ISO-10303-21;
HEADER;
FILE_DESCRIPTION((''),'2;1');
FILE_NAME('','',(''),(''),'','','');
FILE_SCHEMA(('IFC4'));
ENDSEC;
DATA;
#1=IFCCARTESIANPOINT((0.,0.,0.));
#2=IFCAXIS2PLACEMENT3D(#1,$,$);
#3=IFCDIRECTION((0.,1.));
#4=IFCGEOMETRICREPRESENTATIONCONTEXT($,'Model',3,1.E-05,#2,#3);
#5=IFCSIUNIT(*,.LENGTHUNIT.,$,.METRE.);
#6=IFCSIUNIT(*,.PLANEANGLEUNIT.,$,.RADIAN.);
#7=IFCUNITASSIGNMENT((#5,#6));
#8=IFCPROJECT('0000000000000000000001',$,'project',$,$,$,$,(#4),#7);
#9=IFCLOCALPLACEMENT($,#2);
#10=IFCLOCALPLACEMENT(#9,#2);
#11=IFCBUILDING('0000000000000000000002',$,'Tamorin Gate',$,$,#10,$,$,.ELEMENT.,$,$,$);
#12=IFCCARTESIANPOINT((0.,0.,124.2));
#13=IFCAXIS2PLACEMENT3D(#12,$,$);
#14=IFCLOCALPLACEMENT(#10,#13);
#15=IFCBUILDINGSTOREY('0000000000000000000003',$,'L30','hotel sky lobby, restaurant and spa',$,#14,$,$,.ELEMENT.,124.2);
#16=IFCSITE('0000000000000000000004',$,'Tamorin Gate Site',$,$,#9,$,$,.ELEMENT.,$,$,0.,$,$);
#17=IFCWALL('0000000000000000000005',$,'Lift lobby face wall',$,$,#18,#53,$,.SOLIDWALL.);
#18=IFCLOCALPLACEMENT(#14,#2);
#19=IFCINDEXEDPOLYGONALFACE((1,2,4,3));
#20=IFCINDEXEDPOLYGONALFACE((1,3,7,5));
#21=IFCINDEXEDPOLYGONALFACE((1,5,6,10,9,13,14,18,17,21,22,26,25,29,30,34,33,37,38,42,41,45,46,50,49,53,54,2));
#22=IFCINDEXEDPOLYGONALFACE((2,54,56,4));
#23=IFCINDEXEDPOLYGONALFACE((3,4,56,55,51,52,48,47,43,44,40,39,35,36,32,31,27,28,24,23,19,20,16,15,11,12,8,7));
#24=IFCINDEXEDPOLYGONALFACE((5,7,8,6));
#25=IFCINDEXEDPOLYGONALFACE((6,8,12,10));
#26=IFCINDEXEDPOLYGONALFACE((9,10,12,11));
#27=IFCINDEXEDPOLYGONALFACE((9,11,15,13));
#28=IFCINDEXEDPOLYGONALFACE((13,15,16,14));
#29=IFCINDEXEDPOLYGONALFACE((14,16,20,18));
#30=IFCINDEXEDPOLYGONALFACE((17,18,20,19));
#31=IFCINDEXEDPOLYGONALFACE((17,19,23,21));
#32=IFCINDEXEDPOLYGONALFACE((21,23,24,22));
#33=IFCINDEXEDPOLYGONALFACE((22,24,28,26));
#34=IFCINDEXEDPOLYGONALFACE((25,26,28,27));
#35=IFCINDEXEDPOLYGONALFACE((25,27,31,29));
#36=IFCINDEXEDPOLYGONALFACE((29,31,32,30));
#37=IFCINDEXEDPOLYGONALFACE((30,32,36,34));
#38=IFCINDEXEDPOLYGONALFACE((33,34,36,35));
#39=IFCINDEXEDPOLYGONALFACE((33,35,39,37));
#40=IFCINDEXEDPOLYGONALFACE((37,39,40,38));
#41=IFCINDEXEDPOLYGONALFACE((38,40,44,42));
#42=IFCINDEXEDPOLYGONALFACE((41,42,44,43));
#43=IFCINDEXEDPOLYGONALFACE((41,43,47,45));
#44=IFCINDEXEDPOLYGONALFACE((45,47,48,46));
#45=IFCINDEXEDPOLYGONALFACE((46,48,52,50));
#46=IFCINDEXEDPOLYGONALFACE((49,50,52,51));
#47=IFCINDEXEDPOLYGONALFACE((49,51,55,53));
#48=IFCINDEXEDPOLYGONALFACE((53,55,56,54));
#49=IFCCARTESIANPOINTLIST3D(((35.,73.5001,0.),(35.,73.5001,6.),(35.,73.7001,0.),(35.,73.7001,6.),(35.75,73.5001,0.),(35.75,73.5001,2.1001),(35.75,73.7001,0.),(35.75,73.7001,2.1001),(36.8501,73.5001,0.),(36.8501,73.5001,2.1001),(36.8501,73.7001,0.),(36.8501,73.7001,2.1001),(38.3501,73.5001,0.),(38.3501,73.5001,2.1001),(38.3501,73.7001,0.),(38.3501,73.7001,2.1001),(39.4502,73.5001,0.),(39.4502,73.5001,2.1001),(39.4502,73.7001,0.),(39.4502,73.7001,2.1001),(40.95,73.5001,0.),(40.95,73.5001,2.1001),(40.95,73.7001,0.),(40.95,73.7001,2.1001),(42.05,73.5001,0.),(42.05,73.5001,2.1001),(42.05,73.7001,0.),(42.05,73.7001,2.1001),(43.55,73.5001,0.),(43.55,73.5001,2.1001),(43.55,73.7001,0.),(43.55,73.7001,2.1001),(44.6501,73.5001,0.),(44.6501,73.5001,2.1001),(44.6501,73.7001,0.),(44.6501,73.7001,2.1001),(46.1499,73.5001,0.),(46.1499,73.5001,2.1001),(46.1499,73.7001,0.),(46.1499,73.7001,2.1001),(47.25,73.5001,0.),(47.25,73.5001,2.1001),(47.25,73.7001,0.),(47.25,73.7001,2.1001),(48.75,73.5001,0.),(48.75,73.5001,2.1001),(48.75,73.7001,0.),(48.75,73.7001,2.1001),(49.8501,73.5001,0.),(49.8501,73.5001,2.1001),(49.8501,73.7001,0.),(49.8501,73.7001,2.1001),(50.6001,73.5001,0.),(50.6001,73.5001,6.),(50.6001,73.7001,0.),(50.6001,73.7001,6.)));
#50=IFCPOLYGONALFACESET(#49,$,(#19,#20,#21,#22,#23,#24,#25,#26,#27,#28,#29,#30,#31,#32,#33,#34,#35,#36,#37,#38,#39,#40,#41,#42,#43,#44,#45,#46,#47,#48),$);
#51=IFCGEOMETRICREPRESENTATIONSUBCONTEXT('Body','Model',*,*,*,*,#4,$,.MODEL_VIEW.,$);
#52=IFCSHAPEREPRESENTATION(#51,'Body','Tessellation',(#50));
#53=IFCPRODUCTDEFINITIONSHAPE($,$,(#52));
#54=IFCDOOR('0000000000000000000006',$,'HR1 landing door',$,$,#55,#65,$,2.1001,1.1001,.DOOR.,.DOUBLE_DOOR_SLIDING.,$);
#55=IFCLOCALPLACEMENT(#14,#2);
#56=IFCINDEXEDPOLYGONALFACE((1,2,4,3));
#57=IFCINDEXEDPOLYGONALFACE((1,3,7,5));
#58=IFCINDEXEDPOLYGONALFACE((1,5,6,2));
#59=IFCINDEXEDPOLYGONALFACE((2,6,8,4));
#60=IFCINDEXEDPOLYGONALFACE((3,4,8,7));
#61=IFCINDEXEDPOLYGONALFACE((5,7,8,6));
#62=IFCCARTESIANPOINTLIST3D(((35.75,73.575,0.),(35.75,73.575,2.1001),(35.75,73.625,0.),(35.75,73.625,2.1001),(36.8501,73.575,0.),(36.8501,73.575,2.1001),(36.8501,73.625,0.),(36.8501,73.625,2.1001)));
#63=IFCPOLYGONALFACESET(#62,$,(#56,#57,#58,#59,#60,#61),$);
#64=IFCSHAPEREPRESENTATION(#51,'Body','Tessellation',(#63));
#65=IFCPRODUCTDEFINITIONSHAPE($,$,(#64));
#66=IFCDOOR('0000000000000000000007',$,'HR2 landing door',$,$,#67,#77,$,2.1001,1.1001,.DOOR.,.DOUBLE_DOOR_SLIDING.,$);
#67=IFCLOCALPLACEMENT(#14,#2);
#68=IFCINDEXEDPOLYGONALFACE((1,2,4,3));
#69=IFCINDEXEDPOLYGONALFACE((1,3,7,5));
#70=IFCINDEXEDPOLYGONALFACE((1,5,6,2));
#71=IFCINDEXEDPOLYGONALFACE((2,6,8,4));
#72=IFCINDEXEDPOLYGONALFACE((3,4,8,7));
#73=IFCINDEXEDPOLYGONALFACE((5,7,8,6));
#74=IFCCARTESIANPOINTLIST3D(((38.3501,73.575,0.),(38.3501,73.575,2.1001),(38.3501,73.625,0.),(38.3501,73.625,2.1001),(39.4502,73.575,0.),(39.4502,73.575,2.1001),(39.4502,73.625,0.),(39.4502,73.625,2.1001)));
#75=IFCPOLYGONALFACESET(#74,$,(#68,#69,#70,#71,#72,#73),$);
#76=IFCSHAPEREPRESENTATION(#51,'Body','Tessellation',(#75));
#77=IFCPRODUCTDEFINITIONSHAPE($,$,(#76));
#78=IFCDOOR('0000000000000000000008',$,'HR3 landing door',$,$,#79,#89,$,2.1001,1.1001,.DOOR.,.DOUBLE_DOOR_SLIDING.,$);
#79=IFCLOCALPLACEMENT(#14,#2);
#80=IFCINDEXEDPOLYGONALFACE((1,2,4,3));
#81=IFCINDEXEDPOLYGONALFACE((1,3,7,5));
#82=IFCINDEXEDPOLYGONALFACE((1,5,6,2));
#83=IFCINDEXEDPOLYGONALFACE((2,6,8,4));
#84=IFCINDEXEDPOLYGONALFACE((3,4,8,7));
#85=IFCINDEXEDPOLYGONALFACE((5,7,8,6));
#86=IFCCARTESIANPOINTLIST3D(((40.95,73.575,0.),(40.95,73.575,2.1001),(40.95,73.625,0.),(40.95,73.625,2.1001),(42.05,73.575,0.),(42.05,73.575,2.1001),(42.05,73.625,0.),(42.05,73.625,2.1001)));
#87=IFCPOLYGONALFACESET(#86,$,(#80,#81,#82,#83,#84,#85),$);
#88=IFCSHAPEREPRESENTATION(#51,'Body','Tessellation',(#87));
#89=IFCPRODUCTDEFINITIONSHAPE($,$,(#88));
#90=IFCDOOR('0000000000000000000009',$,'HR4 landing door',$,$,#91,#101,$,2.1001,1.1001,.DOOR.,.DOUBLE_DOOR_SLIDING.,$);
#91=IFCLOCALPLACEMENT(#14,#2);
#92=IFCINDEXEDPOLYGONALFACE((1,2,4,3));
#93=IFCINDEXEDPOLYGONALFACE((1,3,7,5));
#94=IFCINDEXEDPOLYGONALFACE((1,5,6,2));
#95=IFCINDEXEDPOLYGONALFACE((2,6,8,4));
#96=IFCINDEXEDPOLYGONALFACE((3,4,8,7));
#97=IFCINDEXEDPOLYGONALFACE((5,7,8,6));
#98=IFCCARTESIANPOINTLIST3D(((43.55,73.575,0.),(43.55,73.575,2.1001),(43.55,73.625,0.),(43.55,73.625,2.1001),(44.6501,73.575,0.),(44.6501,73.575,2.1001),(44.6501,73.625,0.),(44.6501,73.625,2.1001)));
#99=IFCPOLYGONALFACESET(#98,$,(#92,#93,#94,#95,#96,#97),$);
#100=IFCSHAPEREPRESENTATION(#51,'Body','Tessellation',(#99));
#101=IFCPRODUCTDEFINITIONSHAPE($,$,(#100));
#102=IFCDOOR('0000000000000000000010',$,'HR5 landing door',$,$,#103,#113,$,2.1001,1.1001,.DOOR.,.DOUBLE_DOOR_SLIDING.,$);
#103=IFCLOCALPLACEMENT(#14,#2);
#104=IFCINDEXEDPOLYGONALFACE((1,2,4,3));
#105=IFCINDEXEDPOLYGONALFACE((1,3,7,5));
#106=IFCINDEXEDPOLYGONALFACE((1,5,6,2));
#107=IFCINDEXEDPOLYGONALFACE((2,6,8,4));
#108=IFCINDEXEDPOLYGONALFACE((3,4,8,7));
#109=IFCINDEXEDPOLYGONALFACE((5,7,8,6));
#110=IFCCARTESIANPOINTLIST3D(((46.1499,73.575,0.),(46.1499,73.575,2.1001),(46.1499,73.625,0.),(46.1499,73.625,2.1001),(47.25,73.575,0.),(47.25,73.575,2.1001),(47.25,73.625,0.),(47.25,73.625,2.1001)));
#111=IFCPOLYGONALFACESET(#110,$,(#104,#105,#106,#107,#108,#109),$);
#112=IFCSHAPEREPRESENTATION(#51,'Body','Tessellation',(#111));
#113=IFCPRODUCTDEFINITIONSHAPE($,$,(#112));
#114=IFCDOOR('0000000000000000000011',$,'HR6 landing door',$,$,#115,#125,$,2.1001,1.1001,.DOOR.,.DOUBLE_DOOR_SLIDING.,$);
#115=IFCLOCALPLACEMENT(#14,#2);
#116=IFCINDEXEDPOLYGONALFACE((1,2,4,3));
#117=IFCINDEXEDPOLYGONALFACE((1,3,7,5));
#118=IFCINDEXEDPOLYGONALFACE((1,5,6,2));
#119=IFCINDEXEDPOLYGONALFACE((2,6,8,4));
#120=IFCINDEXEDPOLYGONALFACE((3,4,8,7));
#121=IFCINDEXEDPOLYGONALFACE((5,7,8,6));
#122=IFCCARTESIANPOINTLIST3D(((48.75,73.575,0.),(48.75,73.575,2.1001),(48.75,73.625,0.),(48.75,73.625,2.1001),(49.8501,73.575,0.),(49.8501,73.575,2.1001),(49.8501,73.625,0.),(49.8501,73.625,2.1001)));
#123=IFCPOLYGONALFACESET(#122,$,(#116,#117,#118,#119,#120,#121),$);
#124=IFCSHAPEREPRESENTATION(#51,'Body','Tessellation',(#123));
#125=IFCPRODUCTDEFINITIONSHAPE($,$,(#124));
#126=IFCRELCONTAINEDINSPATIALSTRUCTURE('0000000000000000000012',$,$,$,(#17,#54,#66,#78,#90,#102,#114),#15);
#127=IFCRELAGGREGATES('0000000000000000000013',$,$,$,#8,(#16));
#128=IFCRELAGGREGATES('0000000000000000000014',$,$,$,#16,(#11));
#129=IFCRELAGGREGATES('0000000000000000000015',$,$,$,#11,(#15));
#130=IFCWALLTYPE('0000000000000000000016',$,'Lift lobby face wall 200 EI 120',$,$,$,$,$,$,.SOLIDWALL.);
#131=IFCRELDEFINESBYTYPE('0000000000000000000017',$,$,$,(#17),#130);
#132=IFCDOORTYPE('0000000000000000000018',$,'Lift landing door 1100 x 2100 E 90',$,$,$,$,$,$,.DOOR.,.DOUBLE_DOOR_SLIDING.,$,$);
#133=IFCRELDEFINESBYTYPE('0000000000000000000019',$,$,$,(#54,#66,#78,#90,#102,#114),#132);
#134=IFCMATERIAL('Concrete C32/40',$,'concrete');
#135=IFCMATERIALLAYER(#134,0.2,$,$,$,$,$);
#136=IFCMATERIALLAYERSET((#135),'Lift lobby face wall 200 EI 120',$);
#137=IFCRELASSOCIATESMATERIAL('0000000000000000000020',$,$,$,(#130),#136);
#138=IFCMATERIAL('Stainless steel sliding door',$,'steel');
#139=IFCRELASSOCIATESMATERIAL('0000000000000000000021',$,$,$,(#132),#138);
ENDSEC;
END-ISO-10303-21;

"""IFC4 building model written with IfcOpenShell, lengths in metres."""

from ifc_helpers import new_model, si_unit, direction, frame, frame_2d, origin, place, context, subcontext, project, spatial, rectangle, extrude, material, layer, layer_set, type_object, element, fill, save


model = new_model("IFC4")

# Units and contexts
model_context = context("Model", 3, precision=1e-05, world=origin(), true_north=direction((0.0, 1.0)))
body_context = subcontext(model_context, "Body", "Model", "MODEL_VIEW")
ifc_project = project(units=[si_unit("LENGTHUNIT", "METRE"), si_unit("PLANEANGLEUNIT", "RADIAN")], contexts=[model_context])

# Site, building, storey
site_placement = place(None, origin())
site = spatial("IfcSite", under=ifc_project, at=site_placement, Name="Tamorin Gate Site", CompositionType="ELEMENT", RefElevation=0.0)
building_placement = place(site_placement, origin())
building = spatial("IfcBuilding", under=site, at=building_placement, Name="Tamorin Gate", CompositionType="ELEMENT")
storey_placement = place(building_placement, frame((0.0, 0.0, 124.2)))
storey = spatial("IfcBuildingStorey", under=building, at=storey_placement, Name="L30", Description="hotel sky lobby, restaurant and spa", CompositionType="ELEMENT", Elevation=124.2)

# Wall, openings, doors
ifc_material_1 = material(Name="Concrete C32/40", Category="concrete")
ifc_layer_1 = layer(ifc_material_1, 0.2)
ifc_layer_set_1 = layer_set([ifc_layer_1], Name="Lift lobby face wall 200 EI 120")
wall_type_1 = type_object("IfcWallType", Name="Lift lobby face wall 200 EI 120", PredefinedType="SOLIDWALL", material=ifc_layer_set_1)
wall_1_placement = place(storey_placement, frame((35.0, 73.6001, 0.0), z_axis=(0.0, 0.0, 1.0), x_axis=(1.0, 0.0, 0.0)))
wall_1 = element("IfcWall", 1, at=wall_1_placement, inside=storey, type_object=wall_type_1, Name="Lift lobby face wall", PredefinedType="SOLIDWALL", context=body_context, shape_type="SweptSolid", body=[
    extrude(rectangle(XDim=15.6001, YDim=0.2, at=frame_2d((7.8, 0.0))), origin(), (0.0, 0.0, 1.0), 6.0),
])
opening_1_placement = place(wall_1_placement, frame((0.75, 0.0, 0.0)))
opening_1 = element("IfcOpeningElement", 2, at=opening_1_placement, cuts=wall_1, PredefinedType="OPENING", context=body_context, shape_type="SweptSolid", body=[
    extrude(rectangle(XDim=1.1001, YDim=2.1001, at=frame_2d((0.55, 1.05))), frame((0.0, 0.1099, 0.0), z_axis=(0.0, -1.0, 0.0), x_axis=(1.0, 0.0, 0.0)), (0.0, 0.0, 1.0), 0.22),
])
opening_2_placement = place(wall_1_placement, frame((3.3501, 0.0, 0.0)))
opening_2 = element("IfcOpeningElement", 3, at=opening_2_placement, cuts=wall_1, PredefinedType="OPENING", context=body_context, shape_type="SweptSolid", body=[
    extrude(rectangle(XDim=1.1001, YDim=2.1001, at=frame_2d((0.55, 1.05))), frame((0.0, 0.1099, 0.0), z_axis=(0.0, -1.0, 0.0), x_axis=(1.0, 0.0, 0.0)), (0.0, 0.0, 1.0), 0.22),
])
opening_3_placement = place(wall_1_placement, frame((5.95, 0.0, 0.0)))
opening_3 = element("IfcOpeningElement", 4, at=opening_3_placement, cuts=wall_1, PredefinedType="OPENING", context=body_context, shape_type="SweptSolid", body=[
    extrude(rectangle(XDim=1.1001, YDim=2.1001, at=frame_2d((0.55, 1.05))), frame((0.0, 0.1099, 0.0), z_axis=(0.0, -1.0, 0.0), x_axis=(1.0, 0.0, 0.0)), (0.0, 0.0, 1.0), 0.22),
])
opening_4_placement = place(wall_1_placement, frame((8.55, 0.0, 0.0)))
opening_4 = element("IfcOpeningElement", 5, at=opening_4_placement, cuts=wall_1, PredefinedType="OPENING", context=body_context, shape_type="SweptSolid", body=[
    extrude(rectangle(XDim=1.1001, YDim=2.1001, at=frame_2d((0.55, 1.05))), frame((0.0, 0.1099, 0.0), z_axis=(0.0, -1.0, 0.0), x_axis=(1.0, 0.0, 0.0)), (0.0, 0.0, 1.0), 0.22),
])
opening_5_placement = place(wall_1_placement, frame((11.1499, 0.0, 0.0)))
opening_5 = element("IfcOpeningElement", 6, at=opening_5_placement, cuts=wall_1, PredefinedType="OPENING", context=body_context, shape_type="SweptSolid", body=[
    extrude(rectangle(XDim=1.1001, YDim=2.1001, at=frame_2d((0.55, 1.05))), frame((0.0, 0.1099, 0.0), z_axis=(0.0, -1.0, 0.0), x_axis=(1.0, 0.0, 0.0)), (0.0, 0.0, 1.0), 0.22),
])
opening_6_placement = place(wall_1_placement, frame((13.75, 0.0, 0.0)))
opening_6 = element("IfcOpeningElement", 7, at=opening_6_placement, cuts=wall_1, PredefinedType="OPENING", context=body_context, shape_type="SweptSolid", body=[
    extrude(rectangle(XDim=1.1001, YDim=2.1001, at=frame_2d((0.55, 1.05))), frame((0.0, 0.1099, 0.0), z_axis=(0.0, -1.0, 0.0), x_axis=(1.0, 0.0, 0.0)), (0.0, 0.0, 1.0), 0.22),
])
ifc_material_2 = material(Name="Stainless steel sliding door", Category="steel")
door_type_1 = type_object("IfcDoorType", Name="Lift landing door 1100 x 2100 E 90", OperationType="DOUBLE_DOOR_SLIDING", PredefinedType="DOOR", material=ifc_material_2)
door_1_placement = place(opening_1_placement, origin())
door_1 = element("IfcDoor", 8, at=door_1_placement, inside=storey, type_object=door_type_1, Name="HR1 landing door", OperationType="DOUBLE_DOOR_SLIDING", OverallHeight=2.1001, OverallWidth=1.1001, PredefinedType="DOOR", context=body_context, shape_type="SweptSolid", body=[
    extrude(rectangle(XDim=1.1001, YDim=2.1001, at=frame_2d((0.55, 1.05))), frame((0.0, 0.0249, 0.0), z_axis=(0.0, -1.0, 0.0), x_axis=(1.0, 0.0, 0.0)), (0.0, 0.0, 1.0), 0.05),
])
fill(opening_1, door_1)
door_2_placement = place(opening_2_placement, origin())
door_2 = element("IfcDoor", 9, at=door_2_placement, inside=storey, type_object=door_type_1, Name="HR2 landing door", OperationType="DOUBLE_DOOR_SLIDING", OverallHeight=2.1001, OverallWidth=1.1001, PredefinedType="DOOR", context=body_context, shape_type="SweptSolid", body=[
    extrude(rectangle(XDim=1.1001, YDim=2.1001, at=frame_2d((0.55, 1.05))), frame((0.0, 0.0249, 0.0), z_axis=(0.0, -1.0, 0.0), x_axis=(1.0, 0.0, 0.0)), (0.0, 0.0, 1.0), 0.05),
])
fill(opening_2, door_2)
door_3_placement = place(opening_3_placement, origin())
door_3 = element("IfcDoor", 10, at=door_3_placement, inside=storey, type_object=door_type_1, Name="HR3 landing door", OperationType="DOUBLE_DOOR_SLIDING", OverallHeight=2.1001, OverallWidth=1.1001, PredefinedType="DOOR", context=body_context, shape_type="SweptSolid", body=[
    extrude(rectangle(XDim=1.1001, YDim=2.1001, at=frame_2d((0.55, 1.05))), frame((0.0, 0.0249, 0.0), z_axis=(0.0, -1.0, 0.0), x_axis=(1.0, 0.0, 0.0)), (0.0, 0.0, 1.0), 0.05),
])
fill(opening_3, door_3)
door_4_placement = place(opening_4_placement, origin())
door_4 = element("IfcDoor", 11, at=door_4_placement, inside=storey, type_object=door_type_1, Name="HR4 landing door", OperationType="DOUBLE_DOOR_SLIDING", OverallHeight=2.1001, OverallWidth=1.1001, PredefinedType="DOOR", context=body_context, shape_type="SweptSolid", body=[
    extrude(rectangle(XDim=1.1001, YDim=2.1001, at=frame_2d((0.55, 1.05))), frame((0.0, 0.0249, 0.0), z_axis=(0.0, -1.0, 0.0), x_axis=(1.0, 0.0, 0.0)), (0.0, 0.0, 1.0), 0.05),
])
fill(opening_4, door_4)
door_5_placement = place(opening_5_placement, origin())
door_5 = element("IfcDoor", 12, at=door_5_placement, inside=storey, type_object=door_type_1, Name="HR5 landing door", OperationType="DOUBLE_DOOR_SLIDING", OverallHeight=2.1001, OverallWidth=1.1001, PredefinedType="DOOR", context=body_context, shape_type="SweptSolid", body=[
    extrude(rectangle(XDim=1.1001, YDim=2.1001, at=frame_2d((0.55, 1.05))), frame((0.0, 0.0249, 0.0), z_axis=(0.0, -1.0, 0.0), x_axis=(1.0, 0.0, 0.0)), (0.0, 0.0, 1.0), 0.05),
])
fill(opening_5, door_5)
door_6_placement = place(opening_6_placement, origin())
door_6 = element("IfcDoor", 13, at=door_6_placement, inside=storey, type_object=door_type_1, Name="HR6 landing door", OperationType="DOUBLE_DOOR_SLIDING", OverallHeight=2.1001, OverallWidth=1.1001, PredefinedType="DOOR", context=body_context, shape_type="SweptSolid", body=[
    extrude(rectangle(XDim=1.1001, YDim=2.1001, at=frame_2d((0.55, 1.05))), frame((0.0, 0.0249, 0.0), z_axis=(0.0, -1.0, 0.0), x_axis=(1.0, 0.0, 0.0)), (0.0, 0.0, 1.0), 0.05),
])
fill(opening_6, door_6)

save(model, "model.ifc")
